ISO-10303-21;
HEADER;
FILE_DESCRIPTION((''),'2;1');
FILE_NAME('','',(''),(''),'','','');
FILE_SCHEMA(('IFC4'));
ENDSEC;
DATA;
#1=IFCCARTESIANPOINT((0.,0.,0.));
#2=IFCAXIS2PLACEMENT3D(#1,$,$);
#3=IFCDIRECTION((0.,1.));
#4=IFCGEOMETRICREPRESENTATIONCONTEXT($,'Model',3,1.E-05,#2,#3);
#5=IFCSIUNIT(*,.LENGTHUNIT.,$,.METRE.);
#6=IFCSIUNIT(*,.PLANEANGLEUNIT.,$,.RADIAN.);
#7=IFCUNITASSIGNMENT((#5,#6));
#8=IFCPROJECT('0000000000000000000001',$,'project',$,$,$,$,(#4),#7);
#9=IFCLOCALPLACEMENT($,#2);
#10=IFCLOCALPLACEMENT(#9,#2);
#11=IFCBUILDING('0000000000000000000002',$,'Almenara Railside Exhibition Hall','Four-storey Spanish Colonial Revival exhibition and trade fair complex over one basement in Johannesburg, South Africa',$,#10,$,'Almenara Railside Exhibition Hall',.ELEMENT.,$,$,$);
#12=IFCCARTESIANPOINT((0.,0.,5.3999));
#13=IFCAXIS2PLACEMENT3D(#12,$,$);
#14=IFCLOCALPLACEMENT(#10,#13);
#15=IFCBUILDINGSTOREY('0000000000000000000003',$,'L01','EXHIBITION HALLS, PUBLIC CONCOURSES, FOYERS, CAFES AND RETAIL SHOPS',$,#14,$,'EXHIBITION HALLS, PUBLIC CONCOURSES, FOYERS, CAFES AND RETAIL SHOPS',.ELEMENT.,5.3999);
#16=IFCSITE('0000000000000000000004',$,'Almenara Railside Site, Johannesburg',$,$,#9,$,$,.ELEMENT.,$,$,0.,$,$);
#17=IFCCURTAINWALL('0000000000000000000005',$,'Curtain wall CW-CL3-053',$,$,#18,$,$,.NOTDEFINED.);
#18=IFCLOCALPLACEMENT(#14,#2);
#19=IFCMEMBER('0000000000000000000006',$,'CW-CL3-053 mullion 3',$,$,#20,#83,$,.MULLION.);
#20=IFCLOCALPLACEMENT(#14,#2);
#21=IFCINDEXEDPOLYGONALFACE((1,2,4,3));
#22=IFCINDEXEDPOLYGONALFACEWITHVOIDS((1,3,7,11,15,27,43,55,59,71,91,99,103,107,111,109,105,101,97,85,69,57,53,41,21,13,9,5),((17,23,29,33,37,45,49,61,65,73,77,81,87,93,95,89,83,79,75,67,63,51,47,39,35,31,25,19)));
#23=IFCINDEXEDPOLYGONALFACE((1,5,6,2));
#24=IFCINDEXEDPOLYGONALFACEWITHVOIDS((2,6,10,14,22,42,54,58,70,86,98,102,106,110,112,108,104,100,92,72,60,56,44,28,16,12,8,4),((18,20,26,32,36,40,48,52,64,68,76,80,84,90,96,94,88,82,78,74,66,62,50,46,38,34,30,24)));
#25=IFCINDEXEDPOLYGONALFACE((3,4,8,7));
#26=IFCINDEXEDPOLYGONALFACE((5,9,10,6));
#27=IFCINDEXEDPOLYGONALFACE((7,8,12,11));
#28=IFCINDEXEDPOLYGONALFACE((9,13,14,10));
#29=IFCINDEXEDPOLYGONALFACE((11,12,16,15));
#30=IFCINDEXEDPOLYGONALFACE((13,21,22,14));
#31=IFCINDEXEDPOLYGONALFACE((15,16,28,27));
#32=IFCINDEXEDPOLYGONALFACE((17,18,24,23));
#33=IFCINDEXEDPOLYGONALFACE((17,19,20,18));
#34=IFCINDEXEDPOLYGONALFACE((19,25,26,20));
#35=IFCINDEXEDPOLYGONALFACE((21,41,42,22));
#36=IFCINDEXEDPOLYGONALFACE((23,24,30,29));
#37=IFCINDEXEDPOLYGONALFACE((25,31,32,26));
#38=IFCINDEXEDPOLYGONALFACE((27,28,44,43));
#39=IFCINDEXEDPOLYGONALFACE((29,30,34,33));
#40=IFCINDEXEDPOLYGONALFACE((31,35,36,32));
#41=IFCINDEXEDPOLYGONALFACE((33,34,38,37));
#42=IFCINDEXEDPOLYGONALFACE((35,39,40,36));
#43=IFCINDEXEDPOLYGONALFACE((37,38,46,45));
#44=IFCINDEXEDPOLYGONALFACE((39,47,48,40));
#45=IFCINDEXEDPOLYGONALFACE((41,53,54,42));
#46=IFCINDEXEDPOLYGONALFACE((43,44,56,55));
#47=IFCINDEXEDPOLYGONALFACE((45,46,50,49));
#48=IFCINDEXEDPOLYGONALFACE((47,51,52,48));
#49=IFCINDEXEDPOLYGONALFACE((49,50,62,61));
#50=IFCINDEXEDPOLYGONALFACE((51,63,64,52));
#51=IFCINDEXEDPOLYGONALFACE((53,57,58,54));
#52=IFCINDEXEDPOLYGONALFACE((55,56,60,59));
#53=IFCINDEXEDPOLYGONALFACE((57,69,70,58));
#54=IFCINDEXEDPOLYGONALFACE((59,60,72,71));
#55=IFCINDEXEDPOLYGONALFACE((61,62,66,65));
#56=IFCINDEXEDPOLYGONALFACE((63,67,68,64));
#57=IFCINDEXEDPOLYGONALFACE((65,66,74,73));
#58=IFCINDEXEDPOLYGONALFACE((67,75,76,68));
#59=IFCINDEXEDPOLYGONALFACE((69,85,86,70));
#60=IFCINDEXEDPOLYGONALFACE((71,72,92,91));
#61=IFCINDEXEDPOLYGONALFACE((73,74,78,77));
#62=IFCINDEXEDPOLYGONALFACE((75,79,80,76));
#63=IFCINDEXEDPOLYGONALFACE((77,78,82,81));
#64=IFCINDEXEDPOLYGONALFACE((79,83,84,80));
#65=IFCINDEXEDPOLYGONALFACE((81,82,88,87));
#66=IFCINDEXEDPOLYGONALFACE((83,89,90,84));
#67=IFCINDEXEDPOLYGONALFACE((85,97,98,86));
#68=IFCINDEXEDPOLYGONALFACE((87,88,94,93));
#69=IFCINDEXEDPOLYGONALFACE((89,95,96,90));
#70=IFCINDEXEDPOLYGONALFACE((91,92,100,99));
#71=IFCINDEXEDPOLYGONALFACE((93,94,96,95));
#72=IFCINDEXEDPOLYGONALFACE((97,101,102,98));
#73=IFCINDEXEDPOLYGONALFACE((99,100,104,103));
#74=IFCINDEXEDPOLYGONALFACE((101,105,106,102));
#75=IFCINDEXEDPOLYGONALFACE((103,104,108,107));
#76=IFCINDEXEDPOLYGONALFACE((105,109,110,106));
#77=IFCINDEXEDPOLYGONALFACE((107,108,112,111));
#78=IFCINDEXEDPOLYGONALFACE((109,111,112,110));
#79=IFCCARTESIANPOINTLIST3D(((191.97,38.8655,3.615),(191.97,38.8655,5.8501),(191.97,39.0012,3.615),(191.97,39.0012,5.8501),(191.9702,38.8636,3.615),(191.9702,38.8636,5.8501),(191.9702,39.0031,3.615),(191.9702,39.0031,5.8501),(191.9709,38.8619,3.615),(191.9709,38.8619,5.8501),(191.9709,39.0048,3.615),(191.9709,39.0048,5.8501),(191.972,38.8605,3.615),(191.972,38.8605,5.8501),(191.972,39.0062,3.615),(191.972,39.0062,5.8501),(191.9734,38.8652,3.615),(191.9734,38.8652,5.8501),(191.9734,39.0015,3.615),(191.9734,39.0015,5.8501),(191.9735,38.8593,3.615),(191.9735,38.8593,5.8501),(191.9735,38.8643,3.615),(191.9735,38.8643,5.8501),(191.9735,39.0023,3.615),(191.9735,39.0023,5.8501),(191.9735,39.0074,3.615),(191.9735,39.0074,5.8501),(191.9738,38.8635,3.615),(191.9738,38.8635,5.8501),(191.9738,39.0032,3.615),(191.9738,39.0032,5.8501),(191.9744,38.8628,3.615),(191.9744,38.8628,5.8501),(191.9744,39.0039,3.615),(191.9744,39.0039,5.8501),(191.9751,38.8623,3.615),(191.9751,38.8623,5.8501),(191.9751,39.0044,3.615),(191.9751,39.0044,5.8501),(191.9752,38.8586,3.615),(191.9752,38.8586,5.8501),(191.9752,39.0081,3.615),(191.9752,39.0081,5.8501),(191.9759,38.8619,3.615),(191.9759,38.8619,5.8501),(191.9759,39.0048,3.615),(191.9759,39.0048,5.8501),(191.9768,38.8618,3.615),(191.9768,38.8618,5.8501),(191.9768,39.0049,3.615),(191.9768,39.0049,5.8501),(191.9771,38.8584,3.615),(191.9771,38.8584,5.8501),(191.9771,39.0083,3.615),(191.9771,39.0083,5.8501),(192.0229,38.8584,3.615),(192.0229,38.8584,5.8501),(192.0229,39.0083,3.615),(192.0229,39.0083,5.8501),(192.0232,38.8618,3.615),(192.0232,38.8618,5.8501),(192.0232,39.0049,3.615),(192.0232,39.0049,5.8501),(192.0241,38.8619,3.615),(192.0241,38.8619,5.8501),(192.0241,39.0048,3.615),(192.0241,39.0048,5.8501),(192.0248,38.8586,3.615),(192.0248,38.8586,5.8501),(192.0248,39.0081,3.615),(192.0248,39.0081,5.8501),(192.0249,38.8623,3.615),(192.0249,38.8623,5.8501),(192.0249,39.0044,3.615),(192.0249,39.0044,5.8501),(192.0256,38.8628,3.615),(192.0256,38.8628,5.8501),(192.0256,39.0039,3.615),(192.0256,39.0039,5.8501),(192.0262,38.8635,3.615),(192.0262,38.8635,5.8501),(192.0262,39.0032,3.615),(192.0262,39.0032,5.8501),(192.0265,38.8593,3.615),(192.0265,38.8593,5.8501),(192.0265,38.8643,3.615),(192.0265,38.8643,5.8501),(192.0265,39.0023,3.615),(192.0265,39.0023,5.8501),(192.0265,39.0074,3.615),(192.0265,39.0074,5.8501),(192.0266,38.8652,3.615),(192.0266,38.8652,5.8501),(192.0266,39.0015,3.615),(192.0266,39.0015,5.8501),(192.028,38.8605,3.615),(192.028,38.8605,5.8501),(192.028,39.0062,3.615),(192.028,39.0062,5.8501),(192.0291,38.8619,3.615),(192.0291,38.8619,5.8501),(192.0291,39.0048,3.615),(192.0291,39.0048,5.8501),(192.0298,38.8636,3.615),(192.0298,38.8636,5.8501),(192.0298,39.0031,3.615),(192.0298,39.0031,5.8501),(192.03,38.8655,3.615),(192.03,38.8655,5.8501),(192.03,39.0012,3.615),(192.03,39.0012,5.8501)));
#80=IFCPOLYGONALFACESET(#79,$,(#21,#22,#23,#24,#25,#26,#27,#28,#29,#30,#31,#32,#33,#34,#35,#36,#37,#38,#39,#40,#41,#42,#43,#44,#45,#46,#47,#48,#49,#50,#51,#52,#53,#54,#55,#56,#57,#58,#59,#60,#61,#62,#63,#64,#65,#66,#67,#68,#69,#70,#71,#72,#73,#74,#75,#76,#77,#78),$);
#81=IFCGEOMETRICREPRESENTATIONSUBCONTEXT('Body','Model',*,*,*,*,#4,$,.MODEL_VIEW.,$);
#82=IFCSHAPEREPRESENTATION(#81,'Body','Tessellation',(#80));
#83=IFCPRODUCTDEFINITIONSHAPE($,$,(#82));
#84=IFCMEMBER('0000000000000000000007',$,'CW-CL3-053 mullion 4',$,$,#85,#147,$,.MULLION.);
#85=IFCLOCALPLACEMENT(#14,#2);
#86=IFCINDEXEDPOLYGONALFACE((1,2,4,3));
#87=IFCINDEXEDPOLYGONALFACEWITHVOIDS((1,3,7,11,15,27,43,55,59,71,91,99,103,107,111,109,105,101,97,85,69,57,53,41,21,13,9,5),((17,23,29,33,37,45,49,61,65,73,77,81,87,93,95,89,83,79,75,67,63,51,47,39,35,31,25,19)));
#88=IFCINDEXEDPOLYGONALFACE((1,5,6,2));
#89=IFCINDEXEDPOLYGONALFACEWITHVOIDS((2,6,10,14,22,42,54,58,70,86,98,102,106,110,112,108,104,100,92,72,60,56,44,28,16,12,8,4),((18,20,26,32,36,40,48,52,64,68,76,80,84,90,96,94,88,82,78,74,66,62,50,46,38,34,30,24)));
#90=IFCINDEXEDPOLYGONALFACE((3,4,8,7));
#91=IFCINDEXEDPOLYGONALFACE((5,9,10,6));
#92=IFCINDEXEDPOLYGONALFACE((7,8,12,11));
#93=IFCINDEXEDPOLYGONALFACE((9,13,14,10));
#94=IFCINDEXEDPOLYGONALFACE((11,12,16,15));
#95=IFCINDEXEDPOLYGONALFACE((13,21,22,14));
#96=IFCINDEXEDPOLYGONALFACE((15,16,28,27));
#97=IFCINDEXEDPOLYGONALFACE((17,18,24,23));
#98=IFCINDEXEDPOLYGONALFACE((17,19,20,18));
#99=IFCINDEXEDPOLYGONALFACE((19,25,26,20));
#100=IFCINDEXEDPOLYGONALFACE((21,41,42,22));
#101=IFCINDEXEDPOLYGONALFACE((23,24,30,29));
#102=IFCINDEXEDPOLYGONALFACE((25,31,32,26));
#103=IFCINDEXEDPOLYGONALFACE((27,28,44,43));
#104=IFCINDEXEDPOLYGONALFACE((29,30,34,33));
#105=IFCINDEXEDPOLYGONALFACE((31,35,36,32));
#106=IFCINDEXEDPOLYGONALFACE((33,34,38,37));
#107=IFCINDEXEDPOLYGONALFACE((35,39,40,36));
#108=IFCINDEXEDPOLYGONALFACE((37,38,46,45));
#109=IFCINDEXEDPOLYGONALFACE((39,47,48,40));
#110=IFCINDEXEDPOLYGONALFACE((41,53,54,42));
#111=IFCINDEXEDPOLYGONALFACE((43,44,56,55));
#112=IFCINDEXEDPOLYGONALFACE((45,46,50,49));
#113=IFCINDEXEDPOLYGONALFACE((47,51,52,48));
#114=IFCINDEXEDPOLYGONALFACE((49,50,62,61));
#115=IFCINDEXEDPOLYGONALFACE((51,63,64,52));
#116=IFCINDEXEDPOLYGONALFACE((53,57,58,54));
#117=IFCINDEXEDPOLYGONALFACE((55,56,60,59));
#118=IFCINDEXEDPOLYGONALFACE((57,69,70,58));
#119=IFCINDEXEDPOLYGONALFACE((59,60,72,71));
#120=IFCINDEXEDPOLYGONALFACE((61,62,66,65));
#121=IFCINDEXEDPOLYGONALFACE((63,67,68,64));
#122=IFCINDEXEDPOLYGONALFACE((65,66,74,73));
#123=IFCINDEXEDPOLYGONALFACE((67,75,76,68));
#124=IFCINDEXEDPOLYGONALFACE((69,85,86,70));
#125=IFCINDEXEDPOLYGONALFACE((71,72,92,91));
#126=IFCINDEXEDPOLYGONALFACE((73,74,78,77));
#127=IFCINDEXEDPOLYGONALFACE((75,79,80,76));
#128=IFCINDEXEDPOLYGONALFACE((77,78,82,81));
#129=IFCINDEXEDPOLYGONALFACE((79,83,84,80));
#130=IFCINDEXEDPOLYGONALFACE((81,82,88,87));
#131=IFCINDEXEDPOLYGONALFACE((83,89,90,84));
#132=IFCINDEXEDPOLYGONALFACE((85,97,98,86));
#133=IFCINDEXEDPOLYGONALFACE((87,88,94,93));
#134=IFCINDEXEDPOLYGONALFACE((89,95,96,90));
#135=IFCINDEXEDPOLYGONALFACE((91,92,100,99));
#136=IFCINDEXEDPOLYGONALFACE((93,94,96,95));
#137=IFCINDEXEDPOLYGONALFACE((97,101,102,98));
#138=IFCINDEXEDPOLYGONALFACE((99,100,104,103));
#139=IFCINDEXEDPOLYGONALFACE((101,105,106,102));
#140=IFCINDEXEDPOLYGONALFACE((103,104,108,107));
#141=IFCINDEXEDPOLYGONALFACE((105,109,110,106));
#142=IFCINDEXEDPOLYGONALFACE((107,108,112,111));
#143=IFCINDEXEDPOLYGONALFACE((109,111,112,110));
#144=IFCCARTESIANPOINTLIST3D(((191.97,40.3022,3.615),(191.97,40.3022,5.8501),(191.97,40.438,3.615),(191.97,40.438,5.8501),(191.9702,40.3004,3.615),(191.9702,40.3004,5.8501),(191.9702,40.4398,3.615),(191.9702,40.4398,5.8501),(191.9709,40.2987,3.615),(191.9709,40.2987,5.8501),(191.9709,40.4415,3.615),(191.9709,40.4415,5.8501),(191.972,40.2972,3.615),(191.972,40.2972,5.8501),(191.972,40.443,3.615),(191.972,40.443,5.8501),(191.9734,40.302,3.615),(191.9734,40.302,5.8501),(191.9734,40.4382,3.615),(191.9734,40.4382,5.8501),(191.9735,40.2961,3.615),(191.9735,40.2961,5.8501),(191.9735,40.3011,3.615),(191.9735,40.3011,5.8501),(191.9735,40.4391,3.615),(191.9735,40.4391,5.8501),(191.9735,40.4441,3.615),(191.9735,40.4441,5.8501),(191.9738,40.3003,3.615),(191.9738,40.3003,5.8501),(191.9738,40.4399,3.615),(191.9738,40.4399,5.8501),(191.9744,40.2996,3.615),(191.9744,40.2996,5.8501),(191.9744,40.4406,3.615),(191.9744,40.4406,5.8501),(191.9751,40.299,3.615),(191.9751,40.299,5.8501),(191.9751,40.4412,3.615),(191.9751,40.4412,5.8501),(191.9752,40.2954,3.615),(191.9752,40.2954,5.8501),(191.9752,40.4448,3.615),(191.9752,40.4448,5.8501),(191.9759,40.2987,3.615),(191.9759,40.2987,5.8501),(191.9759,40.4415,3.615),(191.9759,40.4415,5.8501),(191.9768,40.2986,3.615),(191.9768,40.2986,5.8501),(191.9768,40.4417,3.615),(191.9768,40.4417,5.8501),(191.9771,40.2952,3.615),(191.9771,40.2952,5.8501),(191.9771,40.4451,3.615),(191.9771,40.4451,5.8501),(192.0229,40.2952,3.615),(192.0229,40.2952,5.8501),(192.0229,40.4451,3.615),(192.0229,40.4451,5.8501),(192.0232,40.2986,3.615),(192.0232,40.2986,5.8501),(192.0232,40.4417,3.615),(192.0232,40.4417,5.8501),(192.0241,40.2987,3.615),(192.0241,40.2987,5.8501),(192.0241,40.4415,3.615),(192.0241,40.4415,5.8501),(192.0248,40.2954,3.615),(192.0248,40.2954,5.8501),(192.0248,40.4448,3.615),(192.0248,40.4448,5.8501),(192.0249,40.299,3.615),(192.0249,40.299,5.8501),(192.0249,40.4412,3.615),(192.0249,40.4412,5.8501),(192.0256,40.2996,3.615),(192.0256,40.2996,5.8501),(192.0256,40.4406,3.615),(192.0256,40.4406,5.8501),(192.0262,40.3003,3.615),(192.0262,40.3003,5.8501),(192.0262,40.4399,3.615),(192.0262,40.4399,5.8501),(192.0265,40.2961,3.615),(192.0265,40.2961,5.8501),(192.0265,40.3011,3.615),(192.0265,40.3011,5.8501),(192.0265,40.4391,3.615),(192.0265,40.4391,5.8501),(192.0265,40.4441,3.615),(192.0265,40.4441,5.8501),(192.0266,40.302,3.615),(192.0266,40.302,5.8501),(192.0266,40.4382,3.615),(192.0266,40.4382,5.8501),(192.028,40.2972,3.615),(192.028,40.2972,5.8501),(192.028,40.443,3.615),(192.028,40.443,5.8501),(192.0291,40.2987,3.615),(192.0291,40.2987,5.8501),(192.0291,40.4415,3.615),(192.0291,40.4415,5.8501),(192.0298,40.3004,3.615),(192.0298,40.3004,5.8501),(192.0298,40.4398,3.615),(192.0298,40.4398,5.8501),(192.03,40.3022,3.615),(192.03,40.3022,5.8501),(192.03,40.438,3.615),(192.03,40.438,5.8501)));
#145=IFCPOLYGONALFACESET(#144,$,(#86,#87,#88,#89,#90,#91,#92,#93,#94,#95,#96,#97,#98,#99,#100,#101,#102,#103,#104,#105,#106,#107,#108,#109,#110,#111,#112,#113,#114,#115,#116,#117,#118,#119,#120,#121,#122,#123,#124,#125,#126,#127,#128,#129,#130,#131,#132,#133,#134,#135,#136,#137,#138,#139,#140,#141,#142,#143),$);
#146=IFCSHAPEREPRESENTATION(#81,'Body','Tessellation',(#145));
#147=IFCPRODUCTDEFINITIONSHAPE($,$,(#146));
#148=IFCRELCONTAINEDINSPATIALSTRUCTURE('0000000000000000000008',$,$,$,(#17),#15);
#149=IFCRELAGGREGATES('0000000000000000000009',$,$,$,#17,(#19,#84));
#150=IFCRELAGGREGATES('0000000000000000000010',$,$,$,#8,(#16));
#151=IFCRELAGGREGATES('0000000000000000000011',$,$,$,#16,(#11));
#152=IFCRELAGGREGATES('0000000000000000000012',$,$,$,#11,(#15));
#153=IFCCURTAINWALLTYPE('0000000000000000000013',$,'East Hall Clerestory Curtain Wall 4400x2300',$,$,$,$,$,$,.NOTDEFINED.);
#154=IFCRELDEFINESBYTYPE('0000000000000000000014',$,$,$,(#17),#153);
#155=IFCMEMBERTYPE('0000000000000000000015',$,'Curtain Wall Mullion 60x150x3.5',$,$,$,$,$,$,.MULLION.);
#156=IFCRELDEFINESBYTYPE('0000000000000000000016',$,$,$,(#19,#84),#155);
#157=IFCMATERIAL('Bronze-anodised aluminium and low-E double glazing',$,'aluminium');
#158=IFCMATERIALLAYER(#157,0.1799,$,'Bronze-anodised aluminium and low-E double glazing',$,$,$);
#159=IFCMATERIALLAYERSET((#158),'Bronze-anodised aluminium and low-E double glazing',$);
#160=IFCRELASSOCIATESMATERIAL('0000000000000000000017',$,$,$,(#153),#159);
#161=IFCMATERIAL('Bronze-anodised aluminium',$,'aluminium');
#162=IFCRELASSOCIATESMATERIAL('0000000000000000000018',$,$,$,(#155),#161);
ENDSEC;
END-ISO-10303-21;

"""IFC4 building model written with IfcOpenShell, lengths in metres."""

from ifc_helpers import new_model, si_unit, direction, frame, origin, origin_2d, place, context, subcontext, project, spatial, hollow_rectangle, extrude, material, layer, layer_set, material_profile, profile_set, type_object, element, aggregate, save


model = new_model("IFC4")

# Units and contexts
model_context = context("Model", 3, precision=1e-05, world=origin(), true_north=direction((0.0, 1.0)))
body_context = subcontext(model_context, "Body", "Model", "MODEL_VIEW")
ifc_project = project(units=[si_unit("LENGTHUNIT", "METRE"), si_unit("PLANEANGLEUNIT", "RADIAN")], contexts=[model_context])

# Site, building, storey
site_placement = place(None, origin())
site = spatial("IfcSite", under=ifc_project, at=site_placement, Name="Almenara Railside Site, Johannesburg", CompositionType="ELEMENT", RefElevation=0.0)
building_placement = place(site_placement, origin())
building = spatial("IfcBuilding", under=site, at=building_placement, Name="Almenara Railside Exhibition Hall", Description="Four-storey Spanish Colonial Revival exhibition and trade fair complex over one basement in Johannesburg, South Africa", LongName="Almenara Railside Exhibition Hall", CompositionType="ELEMENT")
storey_placement = place(building_placement, frame((0.0, 0.0, 5.3999)))
storey = spatial("IfcBuildingStorey", under=building, at=storey_placement, Name="L01", Description="EXHIBITION HALLS, PUBLIC CONCOURSES, FOYERS, CAFES AND RETAIL SHOPS", LongName="EXHIBITION HALLS, PUBLIC CONCOURSES, FOYERS, CAFES AND RETAIL SHOPS", CompositionType="ELEMENT", Elevation=5.3999)

# Curtain wall, members
ifc_material_1 = material(Name="Bronze-anodised aluminium and low-E double glazing", Category="aluminium")
ifc_layer_1 = layer(ifc_material_1, 0.1799, Name="Bronze-anodised aluminium and low-E double glazing")
ifc_layer_set_1 = layer_set([ifc_layer_1], Name="Bronze-anodised aluminium and low-E double glazing")
curtain_wall_type = type_object("IfcCurtainWallType", Name="East Hall Clerestory Curtain Wall 4400x2300", PredefinedType="NOTDEFINED", material=ifc_layer_set_1)
ifc_material_2 = material(Name="Bronze-anodised aluminium", Category="aluminium")
curtain_wall_1_placement = place(storey_placement, origin())
curtain_wall_1 = element("IfcCurtainWall", 1, at=curtain_wall_1_placement, inside=storey, type_object=curtain_wall_type, Name="Curtain wall CW-CL3-053", PredefinedType="NOTDEFINED")
ifc_material_profile_1 = material_profile(ifc_material_2, hollow_rectangle(XDim=0.0601, YDim=0.1499, WallThickness=0.0034, InnerFilletRadius=0.0034, OuterFilletRadius=0.0071, at=origin_2d()), Name="ALU-MUL 60x150x3.5")
ifc_profile_set_1 = profile_set([ifc_material_profile_1], Name="Bronze-anodised aluminium")
member_type_1 = type_object("IfcMemberType", Name="Curtain Wall Mullion 60x150x3.5", PredefinedType="MULLION", material=ifc_profile_set_1)
member_1_placement = place(storey_placement, frame((192.0, 38.9333, 3.615), z_axis=(0.0, 0.0, 1.0), x_axis=(-1.0, 0.0, 0.0)))
member_1 = element("IfcMember", 2, at=member_1_placement, type_object=member_type_1, Name="CW-CL3-053 mullion 3", PredefinedType="MULLION", context=body_context, shape_type="SweptSolid", body=[
    extrude(hollow_rectangle(XDim=0.0601, YDim=0.1499, WallThickness=0.0034, InnerFilletRadius=0.0034, OuterFilletRadius=0.0071, at=origin_2d()), origin(), (0.0, 0.0, 1.0), 2.2351),
])
member_2_placement = place(storey_placement, frame((192.0, 40.3701, 3.615), z_axis=(0.0, 0.0, 1.0), x_axis=(-1.0, 0.0, 0.0)))
member_2 = element("IfcMember", 3, at=member_2_placement, type_object=member_type_1, Name="CW-CL3-053 mullion 4", PredefinedType="MULLION", context=body_context, shape_type="SweptSolid", body=[
    extrude(hollow_rectangle(XDim=0.0601, YDim=0.1499, WallThickness=0.0034, InnerFilletRadius=0.0034, OuterFilletRadius=0.0071, at=origin_2d()), origin(), (0.0, 0.0, 1.0), 2.2351),
])

aggregate(curtain_wall_1, [member_1, member_2])

save(model, "model.ifc")
